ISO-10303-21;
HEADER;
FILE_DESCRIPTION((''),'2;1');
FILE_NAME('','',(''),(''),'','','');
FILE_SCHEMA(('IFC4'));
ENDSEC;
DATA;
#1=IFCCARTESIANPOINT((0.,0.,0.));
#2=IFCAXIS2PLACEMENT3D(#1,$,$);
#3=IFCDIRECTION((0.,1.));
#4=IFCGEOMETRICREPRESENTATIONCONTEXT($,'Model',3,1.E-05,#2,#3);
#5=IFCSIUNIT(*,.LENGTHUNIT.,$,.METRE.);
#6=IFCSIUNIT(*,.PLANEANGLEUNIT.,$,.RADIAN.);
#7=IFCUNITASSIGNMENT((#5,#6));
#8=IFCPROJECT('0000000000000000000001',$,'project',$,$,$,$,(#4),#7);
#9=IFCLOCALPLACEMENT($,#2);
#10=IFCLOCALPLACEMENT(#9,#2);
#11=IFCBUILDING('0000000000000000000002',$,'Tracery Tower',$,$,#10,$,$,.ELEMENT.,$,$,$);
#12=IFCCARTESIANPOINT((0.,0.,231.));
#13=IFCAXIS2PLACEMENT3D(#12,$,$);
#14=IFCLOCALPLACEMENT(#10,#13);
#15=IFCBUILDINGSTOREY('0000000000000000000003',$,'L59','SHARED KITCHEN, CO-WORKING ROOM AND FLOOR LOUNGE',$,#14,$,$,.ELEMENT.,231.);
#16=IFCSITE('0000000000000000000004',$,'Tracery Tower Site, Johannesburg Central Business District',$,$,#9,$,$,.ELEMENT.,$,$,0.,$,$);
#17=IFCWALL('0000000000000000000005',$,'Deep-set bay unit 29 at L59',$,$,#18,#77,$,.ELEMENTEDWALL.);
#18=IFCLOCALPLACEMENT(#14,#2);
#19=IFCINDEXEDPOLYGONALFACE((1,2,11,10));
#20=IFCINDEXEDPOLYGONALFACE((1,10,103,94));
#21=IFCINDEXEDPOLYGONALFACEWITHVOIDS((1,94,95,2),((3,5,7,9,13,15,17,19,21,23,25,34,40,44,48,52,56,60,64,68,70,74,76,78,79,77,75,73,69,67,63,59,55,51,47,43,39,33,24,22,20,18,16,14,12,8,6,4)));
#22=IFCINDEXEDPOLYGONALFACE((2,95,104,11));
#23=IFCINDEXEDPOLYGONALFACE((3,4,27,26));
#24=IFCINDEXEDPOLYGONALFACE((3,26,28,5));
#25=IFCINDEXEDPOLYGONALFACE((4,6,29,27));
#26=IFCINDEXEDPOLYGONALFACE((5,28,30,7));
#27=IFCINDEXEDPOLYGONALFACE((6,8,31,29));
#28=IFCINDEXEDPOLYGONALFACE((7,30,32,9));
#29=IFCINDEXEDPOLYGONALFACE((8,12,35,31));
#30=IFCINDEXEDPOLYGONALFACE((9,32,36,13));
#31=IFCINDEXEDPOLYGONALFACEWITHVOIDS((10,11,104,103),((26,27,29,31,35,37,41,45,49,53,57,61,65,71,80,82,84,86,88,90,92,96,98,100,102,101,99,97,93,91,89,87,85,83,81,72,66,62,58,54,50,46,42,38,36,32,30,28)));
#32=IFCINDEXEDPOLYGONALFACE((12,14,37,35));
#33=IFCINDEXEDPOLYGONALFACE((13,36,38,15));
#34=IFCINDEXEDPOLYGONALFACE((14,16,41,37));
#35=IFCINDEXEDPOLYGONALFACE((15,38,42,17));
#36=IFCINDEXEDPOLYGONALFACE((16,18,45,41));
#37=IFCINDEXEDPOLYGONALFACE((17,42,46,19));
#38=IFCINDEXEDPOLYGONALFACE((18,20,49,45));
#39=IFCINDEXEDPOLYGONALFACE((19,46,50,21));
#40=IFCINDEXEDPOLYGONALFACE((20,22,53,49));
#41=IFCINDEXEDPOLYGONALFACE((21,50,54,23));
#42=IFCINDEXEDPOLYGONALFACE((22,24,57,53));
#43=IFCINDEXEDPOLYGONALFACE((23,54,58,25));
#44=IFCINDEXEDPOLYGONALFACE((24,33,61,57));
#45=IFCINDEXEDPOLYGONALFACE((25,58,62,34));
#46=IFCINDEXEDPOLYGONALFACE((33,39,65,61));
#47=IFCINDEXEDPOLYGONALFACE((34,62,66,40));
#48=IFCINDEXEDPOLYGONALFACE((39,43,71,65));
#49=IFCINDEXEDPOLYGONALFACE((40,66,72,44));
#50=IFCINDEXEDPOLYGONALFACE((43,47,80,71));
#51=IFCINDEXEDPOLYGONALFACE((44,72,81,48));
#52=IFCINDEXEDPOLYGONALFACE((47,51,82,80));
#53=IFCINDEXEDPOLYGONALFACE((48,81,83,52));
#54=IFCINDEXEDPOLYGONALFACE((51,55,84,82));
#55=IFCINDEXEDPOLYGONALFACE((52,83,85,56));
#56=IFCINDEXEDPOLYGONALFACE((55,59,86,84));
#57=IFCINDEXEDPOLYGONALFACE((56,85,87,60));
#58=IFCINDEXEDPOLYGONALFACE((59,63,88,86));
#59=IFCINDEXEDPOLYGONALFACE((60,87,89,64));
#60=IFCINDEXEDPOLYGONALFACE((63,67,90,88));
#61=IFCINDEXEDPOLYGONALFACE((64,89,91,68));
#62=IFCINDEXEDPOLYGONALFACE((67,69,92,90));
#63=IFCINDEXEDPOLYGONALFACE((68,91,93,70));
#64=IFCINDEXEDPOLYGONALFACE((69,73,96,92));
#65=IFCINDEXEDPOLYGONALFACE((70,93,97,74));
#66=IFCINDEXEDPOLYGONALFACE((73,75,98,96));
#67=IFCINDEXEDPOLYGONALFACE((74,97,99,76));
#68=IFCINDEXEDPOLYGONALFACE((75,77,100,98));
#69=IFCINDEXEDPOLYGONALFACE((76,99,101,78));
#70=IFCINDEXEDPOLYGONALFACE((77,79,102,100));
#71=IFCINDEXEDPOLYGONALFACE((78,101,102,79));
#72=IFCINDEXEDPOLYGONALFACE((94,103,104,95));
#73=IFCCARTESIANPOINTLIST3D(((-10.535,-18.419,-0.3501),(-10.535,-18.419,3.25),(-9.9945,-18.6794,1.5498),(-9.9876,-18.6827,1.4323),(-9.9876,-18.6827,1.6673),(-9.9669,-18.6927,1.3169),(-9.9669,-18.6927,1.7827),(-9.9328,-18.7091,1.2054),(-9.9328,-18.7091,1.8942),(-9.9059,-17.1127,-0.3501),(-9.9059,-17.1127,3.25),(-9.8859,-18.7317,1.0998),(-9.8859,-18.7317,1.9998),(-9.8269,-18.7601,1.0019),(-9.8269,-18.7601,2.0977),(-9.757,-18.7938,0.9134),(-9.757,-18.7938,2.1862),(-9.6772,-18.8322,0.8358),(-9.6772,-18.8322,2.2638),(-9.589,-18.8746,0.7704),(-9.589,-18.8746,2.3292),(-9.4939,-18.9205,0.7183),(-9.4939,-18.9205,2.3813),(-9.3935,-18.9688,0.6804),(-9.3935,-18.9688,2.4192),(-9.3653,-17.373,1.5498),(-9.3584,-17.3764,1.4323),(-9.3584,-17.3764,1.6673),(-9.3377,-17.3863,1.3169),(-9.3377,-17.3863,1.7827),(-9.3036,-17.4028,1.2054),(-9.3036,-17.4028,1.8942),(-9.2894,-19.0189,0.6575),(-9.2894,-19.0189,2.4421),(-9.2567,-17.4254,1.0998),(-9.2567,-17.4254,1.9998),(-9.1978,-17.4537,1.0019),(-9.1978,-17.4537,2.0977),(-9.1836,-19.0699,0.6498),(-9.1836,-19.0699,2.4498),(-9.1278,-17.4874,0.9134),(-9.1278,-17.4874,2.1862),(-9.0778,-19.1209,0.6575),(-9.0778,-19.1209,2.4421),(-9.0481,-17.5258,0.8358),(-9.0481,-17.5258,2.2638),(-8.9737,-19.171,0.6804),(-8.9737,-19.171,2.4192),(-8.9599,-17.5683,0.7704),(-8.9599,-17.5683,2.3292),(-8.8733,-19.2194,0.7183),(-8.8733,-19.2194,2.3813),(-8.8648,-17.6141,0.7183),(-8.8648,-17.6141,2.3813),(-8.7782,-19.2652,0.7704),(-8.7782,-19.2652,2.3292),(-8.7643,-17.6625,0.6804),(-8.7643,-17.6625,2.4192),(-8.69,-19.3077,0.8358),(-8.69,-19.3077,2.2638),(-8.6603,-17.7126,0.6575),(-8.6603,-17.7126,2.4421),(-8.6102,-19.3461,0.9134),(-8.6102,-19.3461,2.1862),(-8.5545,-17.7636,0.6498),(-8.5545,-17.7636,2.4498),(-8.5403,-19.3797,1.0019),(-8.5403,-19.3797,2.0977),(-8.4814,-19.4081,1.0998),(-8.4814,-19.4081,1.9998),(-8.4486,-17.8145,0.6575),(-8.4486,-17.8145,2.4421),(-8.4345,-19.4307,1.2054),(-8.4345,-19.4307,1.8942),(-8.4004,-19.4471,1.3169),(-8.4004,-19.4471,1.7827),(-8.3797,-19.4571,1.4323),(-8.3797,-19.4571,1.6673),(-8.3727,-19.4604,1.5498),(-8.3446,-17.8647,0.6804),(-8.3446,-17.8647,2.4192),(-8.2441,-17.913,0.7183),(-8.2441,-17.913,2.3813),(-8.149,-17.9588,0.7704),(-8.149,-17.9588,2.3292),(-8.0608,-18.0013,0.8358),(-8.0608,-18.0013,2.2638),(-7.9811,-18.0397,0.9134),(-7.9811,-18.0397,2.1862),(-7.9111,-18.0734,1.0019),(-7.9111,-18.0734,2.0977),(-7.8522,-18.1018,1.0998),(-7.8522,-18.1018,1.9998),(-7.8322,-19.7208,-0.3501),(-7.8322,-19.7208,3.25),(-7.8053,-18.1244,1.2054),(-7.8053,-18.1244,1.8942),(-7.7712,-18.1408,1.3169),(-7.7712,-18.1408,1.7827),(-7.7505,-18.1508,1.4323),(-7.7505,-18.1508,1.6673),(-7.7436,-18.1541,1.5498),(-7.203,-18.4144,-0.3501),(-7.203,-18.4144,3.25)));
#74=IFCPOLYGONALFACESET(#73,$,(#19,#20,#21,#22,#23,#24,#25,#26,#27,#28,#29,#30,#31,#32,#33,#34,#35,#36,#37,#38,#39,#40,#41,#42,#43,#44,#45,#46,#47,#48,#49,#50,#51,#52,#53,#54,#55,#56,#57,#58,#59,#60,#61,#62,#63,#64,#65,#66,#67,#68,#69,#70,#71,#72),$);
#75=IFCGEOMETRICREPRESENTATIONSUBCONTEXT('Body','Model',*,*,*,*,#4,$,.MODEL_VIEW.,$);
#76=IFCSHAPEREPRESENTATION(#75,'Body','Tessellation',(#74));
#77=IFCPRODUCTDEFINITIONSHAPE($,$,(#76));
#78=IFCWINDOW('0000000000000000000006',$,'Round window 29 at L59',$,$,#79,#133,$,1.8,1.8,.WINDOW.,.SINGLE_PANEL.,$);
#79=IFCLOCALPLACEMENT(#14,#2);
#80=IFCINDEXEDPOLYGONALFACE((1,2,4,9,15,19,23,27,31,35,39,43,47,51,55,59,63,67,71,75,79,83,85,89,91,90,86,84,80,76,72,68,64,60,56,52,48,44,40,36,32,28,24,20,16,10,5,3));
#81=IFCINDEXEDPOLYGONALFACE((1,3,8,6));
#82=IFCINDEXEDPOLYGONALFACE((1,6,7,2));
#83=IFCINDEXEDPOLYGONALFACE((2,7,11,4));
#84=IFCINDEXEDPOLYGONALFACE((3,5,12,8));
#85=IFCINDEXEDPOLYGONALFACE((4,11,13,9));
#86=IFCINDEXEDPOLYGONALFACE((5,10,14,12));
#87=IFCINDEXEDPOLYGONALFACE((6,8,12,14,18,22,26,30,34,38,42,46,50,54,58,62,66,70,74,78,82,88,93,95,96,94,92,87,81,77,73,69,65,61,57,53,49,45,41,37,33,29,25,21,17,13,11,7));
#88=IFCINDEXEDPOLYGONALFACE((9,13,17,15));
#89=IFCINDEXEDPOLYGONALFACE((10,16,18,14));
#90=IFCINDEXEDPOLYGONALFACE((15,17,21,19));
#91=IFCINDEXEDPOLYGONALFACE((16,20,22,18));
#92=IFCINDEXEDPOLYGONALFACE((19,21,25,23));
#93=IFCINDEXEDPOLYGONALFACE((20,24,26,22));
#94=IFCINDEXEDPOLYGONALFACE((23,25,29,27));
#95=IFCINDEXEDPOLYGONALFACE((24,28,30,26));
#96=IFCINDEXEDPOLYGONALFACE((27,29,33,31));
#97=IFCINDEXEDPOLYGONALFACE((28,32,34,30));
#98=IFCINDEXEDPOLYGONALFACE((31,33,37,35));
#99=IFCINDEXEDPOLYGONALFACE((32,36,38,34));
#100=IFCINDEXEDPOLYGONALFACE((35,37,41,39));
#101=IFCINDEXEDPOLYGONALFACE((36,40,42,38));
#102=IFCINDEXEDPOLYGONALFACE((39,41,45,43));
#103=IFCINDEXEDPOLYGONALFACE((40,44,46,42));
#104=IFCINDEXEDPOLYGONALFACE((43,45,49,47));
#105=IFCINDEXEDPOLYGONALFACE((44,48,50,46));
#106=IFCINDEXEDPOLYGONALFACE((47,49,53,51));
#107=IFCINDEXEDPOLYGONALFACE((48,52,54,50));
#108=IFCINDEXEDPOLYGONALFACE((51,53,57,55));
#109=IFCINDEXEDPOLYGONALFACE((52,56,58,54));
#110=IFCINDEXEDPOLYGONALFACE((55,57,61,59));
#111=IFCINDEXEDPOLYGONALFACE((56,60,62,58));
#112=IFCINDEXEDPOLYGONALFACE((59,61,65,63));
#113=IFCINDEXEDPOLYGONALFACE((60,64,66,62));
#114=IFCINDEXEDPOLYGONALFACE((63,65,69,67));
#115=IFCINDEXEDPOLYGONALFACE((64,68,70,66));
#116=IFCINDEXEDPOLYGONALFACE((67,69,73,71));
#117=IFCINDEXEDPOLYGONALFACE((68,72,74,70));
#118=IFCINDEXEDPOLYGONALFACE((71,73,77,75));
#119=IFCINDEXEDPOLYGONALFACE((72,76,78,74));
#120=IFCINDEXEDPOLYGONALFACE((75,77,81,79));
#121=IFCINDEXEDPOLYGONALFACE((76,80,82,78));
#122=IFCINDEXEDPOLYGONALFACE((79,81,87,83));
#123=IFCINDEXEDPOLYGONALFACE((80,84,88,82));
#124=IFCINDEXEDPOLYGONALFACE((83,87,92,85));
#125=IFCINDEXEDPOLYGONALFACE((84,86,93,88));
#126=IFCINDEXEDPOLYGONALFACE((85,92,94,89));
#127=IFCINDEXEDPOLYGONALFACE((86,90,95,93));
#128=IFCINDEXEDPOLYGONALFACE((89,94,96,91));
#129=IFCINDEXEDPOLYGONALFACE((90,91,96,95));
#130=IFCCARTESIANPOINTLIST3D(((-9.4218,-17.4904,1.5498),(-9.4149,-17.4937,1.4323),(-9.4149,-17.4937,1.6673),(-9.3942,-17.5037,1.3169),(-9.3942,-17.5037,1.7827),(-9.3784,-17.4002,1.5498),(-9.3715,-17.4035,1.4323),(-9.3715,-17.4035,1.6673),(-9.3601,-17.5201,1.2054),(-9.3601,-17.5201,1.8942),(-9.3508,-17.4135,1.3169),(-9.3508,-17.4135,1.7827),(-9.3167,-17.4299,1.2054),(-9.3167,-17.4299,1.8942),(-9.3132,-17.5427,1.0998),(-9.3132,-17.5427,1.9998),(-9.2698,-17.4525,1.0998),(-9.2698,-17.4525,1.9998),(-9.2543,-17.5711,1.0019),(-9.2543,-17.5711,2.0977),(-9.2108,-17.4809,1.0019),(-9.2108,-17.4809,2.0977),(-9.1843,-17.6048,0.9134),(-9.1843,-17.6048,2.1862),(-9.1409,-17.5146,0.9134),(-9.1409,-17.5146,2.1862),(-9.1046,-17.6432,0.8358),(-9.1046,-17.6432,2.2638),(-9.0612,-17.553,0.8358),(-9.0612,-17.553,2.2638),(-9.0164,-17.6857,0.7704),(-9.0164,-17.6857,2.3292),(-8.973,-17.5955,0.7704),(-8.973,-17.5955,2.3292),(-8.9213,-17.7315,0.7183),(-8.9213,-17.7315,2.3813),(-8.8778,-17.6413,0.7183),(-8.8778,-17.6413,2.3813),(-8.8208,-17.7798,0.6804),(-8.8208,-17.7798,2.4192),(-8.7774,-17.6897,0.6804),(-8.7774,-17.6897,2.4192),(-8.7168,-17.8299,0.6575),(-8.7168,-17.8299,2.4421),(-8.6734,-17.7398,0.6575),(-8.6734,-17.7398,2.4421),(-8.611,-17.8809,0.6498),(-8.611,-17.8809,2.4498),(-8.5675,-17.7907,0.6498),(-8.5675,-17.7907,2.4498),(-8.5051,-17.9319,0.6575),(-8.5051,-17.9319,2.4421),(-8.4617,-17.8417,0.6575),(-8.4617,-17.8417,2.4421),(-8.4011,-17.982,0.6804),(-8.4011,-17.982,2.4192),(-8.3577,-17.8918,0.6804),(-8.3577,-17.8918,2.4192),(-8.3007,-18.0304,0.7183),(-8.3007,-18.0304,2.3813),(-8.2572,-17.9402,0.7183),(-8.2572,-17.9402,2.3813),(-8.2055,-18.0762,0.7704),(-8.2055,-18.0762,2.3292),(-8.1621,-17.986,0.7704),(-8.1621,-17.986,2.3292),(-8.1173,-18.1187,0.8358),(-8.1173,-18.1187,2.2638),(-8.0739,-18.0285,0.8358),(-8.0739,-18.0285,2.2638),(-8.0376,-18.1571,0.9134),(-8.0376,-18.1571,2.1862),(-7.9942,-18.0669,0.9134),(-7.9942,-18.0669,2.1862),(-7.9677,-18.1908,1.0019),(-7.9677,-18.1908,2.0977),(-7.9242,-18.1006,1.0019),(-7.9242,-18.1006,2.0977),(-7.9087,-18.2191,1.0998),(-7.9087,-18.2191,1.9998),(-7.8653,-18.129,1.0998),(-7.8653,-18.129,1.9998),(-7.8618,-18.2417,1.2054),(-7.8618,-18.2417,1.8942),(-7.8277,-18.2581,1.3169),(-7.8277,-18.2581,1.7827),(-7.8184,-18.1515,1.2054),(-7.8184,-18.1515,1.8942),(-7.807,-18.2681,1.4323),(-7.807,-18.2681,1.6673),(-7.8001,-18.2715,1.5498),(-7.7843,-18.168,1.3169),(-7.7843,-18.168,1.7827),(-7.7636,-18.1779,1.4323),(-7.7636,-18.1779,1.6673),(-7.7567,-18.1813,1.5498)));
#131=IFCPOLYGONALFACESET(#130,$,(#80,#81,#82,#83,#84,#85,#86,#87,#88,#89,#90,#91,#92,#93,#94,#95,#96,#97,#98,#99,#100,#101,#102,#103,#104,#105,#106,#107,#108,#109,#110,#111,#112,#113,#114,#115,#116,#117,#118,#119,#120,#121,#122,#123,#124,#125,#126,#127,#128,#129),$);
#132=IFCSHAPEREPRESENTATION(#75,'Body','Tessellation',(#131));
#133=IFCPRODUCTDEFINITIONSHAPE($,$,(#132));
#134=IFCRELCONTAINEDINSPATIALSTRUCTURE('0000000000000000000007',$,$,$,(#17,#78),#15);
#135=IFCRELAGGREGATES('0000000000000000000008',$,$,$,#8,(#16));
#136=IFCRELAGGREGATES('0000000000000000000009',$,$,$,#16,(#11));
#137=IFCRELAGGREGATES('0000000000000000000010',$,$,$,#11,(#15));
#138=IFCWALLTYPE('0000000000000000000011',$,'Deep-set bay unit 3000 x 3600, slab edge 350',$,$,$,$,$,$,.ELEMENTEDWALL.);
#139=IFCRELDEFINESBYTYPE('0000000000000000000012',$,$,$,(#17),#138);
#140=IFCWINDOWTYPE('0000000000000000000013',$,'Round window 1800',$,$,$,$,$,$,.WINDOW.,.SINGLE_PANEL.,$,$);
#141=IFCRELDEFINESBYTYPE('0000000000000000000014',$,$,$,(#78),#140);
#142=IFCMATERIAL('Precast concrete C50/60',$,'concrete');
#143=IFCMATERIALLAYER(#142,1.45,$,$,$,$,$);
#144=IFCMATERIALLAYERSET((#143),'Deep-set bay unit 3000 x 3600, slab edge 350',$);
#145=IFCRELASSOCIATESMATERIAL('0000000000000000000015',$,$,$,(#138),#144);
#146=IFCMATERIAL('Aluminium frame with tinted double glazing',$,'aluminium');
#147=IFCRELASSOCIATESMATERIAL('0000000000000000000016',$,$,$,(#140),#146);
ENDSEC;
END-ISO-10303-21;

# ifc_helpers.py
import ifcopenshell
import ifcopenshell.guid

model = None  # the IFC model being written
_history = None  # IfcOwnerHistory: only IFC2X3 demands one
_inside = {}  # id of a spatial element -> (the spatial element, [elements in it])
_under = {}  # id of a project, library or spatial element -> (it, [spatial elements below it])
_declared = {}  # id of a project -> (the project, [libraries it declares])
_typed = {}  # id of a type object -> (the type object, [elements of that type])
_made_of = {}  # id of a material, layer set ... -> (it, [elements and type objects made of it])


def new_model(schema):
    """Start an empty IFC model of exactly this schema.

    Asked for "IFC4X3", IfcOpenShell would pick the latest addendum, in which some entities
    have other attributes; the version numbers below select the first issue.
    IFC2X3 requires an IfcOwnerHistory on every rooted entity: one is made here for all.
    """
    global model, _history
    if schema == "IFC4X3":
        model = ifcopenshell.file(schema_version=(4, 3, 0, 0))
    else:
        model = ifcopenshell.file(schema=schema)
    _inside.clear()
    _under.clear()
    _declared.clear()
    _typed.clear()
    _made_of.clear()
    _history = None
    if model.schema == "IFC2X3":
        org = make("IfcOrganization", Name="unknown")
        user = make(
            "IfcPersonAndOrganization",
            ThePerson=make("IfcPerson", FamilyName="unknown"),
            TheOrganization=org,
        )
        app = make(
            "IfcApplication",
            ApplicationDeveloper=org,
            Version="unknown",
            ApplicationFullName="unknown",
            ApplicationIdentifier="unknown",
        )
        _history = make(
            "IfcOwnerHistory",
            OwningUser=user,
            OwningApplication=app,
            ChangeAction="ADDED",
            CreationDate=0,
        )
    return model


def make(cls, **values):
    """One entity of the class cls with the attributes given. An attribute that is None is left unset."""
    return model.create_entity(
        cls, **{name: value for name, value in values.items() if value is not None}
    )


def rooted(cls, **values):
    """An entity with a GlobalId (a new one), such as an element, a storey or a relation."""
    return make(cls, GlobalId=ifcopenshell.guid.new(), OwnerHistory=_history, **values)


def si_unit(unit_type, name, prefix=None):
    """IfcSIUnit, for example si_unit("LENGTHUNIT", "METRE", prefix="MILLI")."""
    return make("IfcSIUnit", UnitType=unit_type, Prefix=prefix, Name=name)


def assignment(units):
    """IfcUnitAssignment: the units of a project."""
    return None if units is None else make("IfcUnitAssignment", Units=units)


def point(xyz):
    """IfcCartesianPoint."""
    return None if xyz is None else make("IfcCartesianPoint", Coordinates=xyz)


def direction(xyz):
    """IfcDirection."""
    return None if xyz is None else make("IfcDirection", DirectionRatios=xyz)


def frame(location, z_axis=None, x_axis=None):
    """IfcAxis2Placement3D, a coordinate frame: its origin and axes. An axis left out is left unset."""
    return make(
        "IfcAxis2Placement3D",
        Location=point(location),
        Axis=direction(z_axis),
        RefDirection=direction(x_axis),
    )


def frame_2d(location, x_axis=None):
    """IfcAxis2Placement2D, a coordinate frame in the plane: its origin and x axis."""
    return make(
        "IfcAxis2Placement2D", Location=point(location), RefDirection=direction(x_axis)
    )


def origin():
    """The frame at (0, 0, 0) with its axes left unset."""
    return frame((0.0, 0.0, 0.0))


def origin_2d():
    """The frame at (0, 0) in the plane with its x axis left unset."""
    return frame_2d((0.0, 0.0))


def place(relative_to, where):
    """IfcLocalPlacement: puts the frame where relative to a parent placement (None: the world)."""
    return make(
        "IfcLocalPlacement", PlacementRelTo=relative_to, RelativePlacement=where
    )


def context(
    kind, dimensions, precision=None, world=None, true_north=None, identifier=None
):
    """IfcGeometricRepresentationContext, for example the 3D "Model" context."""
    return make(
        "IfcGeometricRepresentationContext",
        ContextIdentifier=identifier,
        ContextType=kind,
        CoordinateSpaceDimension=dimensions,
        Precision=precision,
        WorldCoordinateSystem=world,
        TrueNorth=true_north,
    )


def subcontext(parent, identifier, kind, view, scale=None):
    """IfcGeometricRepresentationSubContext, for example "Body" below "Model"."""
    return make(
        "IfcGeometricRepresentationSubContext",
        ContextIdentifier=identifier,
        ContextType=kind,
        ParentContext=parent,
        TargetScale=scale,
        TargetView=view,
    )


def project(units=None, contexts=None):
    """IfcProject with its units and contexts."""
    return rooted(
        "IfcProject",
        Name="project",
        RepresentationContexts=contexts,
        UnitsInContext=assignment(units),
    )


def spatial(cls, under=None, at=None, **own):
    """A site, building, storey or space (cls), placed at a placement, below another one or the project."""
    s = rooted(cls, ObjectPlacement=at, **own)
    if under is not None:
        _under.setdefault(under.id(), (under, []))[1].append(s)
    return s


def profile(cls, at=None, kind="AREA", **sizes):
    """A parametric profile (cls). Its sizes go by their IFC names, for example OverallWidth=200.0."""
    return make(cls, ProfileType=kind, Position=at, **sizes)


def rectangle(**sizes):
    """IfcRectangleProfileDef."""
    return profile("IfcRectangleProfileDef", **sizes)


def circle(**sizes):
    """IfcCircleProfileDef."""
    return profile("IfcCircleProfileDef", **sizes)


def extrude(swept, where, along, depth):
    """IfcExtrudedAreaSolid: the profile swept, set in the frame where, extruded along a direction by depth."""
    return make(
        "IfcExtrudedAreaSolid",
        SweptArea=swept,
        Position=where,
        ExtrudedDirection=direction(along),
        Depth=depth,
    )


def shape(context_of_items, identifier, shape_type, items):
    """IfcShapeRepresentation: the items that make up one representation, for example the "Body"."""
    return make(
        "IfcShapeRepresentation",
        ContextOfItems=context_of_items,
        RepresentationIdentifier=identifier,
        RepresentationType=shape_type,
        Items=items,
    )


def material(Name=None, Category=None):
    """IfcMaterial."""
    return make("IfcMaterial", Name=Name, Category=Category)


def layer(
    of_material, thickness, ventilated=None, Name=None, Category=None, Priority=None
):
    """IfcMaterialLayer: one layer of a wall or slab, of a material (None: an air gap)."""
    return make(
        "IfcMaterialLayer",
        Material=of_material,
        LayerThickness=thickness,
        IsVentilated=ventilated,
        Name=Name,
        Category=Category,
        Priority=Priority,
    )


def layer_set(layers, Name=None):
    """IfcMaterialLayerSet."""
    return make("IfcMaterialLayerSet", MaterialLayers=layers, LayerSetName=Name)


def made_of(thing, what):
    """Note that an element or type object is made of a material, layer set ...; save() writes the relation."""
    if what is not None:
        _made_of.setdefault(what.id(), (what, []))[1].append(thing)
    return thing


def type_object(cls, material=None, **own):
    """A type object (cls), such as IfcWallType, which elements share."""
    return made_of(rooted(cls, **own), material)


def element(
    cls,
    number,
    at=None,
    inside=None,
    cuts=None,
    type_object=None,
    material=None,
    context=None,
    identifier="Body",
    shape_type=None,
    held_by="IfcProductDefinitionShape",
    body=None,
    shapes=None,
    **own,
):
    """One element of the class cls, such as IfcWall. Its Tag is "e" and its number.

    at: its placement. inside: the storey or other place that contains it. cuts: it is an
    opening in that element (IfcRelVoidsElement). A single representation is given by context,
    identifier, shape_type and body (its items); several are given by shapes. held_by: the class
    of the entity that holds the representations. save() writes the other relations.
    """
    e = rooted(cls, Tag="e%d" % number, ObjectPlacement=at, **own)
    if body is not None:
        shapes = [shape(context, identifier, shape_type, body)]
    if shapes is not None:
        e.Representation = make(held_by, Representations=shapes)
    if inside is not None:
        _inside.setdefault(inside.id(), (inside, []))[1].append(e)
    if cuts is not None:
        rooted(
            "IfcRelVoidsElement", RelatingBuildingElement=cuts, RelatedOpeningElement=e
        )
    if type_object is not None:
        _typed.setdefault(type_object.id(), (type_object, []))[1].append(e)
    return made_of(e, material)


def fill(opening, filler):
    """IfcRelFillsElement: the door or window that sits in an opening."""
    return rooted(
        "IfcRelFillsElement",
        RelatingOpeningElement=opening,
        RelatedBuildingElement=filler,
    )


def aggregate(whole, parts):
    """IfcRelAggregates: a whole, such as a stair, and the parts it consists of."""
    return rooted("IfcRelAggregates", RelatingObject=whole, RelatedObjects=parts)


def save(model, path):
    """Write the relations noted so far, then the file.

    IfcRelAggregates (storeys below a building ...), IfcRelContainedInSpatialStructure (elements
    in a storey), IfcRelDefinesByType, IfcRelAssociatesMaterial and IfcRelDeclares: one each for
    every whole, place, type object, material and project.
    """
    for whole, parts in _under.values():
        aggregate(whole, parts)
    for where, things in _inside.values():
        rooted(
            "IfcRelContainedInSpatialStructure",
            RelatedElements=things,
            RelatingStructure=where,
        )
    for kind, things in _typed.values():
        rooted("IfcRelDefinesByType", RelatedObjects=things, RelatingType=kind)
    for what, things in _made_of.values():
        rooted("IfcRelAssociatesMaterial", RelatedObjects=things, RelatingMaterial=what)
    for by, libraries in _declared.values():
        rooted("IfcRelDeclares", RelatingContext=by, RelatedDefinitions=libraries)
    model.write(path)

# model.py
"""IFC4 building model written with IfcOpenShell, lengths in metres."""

from ifc_helpers import new_model, si_unit, direction, frame, frame_2d, origin, origin_2d, place, context, subcontext, project, spatial, rectangle, circle, extrude, material, layer, layer_set, type_object, element, fill, save


model = new_model("IFC4")

# Units and contexts
model_context = context("Model", 3, precision=1e-05, world=origin(), true_north=direction((0.0, 1.0)))
body_context = subcontext(model_context, "Body", "Model", "MODEL_VIEW")
ifc_project = project(units=[si_unit("LENGTHUNIT", "METRE"), si_unit("PLANEANGLEUNIT", "RADIAN")], contexts=[model_context])

# Site, building, storey
site_placement = place(None, origin())
site = spatial("IfcSite", under=ifc_project, at=site_placement, Name="Tracery Tower Site, Johannesburg Central Business District", CompositionType="ELEMENT", RefElevation=0.0)
building_placement = place(site_placement, origin())
building = spatial("IfcBuilding", under=site, at=building_placement, Name="Tracery Tower", CompositionType="ELEMENT")
storey_placement = place(building_placement, frame((0.0, 0.0, 231.0)))
storey = spatial("IfcBuildingStorey", under=building, at=storey_placement, Name="L59", Description="SHARED KITCHEN, CO-WORKING ROOM AND FLOOR LOUNGE", CompositionType="ELEMENT", Elevation=231.0)

# Wall, opening, window
ifc_material_1 = material(Name="Precast concrete C50/60", Category="concrete")
ifc_layer_1 = layer(ifc_material_1, 1.45)
ifc_layer_set_1 = layer_set([ifc_layer_1], Name="Deep-set bay unit 3000 x 3600, slab edge 350")
wall_type_1 = type_object("IfcWallType", Name="Deep-set bay unit 3000 x 3600, slab edge 350", PredefinedType="ELEMENTEDWALL", material=ifc_layer_set_1)
ifc_material_2 = material(Name="Aluminium frame with tinted double glazing", Category="aluminium")
window_type = type_object("IfcWindowType", Name="Round window 1800", PartitioningType="SINGLE_PANEL", PredefinedType="WINDOW", material=ifc_material_2)
wall_1_placement = place(storey_placement, frame((-10.2205, -17.7659, -0.3501), z_axis=(0.0, 0.0, 1.0), x_axis=(0.900953, -0.433916, 0.0)))
wall_1 = element("IfcWall", 1, at=wall_1_placement, inside=storey, type_object=wall_type_1, Name="Deep-set bay unit 29 at L59", PredefinedType="ELEMENTEDWALL", context=body_context, shape_type="SweptSolid", body=[
    extrude(rectangle(XDim=3.0, YDim=1.45, at=frame_2d((1.5, 0.0))), origin(), (0.0, 0.0, 1.0), 3.6001),
])
opening_1_placement = place(wall_1_placement, frame((1.5, 0.0, 1.8999)))
opening_1 = element("IfcOpeningElement", 2, at=opening_1_placement, cuts=wall_1, PredefinedType="OPENING", context=body_context, shape_type="SweptSolid", body=[
    extrude(circle(Radius=0.9, at=origin_2d()), frame((0.0, 0.7349, 0.0), z_axis=(0.0, -1.0, 0.0), x_axis=(1.0, 0.0, 0.0)), (0.0, 0.0, 1.0), 1.47),
])
window_1_placement = place(opening_1_placement, origin())
window_1 = element("IfcWindow", 3, at=window_1_placement, inside=storey, type_object=window_type, Name="Round window 29 at L59", OverallHeight=1.8, OverallWidth=1.8, PartitioningType="SINGLE_PANEL", PredefinedType="WINDOW", context=body_context, shape_type="SweptSolid", body=[
    extrude(circle(Radius=0.9, at=origin_2d()), frame((0.0, 0.6948, 0.0), z_axis=(0.0, -1.0, 0.0), x_axis=(1.0, 0.0, 0.0)), (0.0, 0.0, 1.0), 0.1001),
])
fill(opening_1, window_1)

save(model, "model.ifc")
